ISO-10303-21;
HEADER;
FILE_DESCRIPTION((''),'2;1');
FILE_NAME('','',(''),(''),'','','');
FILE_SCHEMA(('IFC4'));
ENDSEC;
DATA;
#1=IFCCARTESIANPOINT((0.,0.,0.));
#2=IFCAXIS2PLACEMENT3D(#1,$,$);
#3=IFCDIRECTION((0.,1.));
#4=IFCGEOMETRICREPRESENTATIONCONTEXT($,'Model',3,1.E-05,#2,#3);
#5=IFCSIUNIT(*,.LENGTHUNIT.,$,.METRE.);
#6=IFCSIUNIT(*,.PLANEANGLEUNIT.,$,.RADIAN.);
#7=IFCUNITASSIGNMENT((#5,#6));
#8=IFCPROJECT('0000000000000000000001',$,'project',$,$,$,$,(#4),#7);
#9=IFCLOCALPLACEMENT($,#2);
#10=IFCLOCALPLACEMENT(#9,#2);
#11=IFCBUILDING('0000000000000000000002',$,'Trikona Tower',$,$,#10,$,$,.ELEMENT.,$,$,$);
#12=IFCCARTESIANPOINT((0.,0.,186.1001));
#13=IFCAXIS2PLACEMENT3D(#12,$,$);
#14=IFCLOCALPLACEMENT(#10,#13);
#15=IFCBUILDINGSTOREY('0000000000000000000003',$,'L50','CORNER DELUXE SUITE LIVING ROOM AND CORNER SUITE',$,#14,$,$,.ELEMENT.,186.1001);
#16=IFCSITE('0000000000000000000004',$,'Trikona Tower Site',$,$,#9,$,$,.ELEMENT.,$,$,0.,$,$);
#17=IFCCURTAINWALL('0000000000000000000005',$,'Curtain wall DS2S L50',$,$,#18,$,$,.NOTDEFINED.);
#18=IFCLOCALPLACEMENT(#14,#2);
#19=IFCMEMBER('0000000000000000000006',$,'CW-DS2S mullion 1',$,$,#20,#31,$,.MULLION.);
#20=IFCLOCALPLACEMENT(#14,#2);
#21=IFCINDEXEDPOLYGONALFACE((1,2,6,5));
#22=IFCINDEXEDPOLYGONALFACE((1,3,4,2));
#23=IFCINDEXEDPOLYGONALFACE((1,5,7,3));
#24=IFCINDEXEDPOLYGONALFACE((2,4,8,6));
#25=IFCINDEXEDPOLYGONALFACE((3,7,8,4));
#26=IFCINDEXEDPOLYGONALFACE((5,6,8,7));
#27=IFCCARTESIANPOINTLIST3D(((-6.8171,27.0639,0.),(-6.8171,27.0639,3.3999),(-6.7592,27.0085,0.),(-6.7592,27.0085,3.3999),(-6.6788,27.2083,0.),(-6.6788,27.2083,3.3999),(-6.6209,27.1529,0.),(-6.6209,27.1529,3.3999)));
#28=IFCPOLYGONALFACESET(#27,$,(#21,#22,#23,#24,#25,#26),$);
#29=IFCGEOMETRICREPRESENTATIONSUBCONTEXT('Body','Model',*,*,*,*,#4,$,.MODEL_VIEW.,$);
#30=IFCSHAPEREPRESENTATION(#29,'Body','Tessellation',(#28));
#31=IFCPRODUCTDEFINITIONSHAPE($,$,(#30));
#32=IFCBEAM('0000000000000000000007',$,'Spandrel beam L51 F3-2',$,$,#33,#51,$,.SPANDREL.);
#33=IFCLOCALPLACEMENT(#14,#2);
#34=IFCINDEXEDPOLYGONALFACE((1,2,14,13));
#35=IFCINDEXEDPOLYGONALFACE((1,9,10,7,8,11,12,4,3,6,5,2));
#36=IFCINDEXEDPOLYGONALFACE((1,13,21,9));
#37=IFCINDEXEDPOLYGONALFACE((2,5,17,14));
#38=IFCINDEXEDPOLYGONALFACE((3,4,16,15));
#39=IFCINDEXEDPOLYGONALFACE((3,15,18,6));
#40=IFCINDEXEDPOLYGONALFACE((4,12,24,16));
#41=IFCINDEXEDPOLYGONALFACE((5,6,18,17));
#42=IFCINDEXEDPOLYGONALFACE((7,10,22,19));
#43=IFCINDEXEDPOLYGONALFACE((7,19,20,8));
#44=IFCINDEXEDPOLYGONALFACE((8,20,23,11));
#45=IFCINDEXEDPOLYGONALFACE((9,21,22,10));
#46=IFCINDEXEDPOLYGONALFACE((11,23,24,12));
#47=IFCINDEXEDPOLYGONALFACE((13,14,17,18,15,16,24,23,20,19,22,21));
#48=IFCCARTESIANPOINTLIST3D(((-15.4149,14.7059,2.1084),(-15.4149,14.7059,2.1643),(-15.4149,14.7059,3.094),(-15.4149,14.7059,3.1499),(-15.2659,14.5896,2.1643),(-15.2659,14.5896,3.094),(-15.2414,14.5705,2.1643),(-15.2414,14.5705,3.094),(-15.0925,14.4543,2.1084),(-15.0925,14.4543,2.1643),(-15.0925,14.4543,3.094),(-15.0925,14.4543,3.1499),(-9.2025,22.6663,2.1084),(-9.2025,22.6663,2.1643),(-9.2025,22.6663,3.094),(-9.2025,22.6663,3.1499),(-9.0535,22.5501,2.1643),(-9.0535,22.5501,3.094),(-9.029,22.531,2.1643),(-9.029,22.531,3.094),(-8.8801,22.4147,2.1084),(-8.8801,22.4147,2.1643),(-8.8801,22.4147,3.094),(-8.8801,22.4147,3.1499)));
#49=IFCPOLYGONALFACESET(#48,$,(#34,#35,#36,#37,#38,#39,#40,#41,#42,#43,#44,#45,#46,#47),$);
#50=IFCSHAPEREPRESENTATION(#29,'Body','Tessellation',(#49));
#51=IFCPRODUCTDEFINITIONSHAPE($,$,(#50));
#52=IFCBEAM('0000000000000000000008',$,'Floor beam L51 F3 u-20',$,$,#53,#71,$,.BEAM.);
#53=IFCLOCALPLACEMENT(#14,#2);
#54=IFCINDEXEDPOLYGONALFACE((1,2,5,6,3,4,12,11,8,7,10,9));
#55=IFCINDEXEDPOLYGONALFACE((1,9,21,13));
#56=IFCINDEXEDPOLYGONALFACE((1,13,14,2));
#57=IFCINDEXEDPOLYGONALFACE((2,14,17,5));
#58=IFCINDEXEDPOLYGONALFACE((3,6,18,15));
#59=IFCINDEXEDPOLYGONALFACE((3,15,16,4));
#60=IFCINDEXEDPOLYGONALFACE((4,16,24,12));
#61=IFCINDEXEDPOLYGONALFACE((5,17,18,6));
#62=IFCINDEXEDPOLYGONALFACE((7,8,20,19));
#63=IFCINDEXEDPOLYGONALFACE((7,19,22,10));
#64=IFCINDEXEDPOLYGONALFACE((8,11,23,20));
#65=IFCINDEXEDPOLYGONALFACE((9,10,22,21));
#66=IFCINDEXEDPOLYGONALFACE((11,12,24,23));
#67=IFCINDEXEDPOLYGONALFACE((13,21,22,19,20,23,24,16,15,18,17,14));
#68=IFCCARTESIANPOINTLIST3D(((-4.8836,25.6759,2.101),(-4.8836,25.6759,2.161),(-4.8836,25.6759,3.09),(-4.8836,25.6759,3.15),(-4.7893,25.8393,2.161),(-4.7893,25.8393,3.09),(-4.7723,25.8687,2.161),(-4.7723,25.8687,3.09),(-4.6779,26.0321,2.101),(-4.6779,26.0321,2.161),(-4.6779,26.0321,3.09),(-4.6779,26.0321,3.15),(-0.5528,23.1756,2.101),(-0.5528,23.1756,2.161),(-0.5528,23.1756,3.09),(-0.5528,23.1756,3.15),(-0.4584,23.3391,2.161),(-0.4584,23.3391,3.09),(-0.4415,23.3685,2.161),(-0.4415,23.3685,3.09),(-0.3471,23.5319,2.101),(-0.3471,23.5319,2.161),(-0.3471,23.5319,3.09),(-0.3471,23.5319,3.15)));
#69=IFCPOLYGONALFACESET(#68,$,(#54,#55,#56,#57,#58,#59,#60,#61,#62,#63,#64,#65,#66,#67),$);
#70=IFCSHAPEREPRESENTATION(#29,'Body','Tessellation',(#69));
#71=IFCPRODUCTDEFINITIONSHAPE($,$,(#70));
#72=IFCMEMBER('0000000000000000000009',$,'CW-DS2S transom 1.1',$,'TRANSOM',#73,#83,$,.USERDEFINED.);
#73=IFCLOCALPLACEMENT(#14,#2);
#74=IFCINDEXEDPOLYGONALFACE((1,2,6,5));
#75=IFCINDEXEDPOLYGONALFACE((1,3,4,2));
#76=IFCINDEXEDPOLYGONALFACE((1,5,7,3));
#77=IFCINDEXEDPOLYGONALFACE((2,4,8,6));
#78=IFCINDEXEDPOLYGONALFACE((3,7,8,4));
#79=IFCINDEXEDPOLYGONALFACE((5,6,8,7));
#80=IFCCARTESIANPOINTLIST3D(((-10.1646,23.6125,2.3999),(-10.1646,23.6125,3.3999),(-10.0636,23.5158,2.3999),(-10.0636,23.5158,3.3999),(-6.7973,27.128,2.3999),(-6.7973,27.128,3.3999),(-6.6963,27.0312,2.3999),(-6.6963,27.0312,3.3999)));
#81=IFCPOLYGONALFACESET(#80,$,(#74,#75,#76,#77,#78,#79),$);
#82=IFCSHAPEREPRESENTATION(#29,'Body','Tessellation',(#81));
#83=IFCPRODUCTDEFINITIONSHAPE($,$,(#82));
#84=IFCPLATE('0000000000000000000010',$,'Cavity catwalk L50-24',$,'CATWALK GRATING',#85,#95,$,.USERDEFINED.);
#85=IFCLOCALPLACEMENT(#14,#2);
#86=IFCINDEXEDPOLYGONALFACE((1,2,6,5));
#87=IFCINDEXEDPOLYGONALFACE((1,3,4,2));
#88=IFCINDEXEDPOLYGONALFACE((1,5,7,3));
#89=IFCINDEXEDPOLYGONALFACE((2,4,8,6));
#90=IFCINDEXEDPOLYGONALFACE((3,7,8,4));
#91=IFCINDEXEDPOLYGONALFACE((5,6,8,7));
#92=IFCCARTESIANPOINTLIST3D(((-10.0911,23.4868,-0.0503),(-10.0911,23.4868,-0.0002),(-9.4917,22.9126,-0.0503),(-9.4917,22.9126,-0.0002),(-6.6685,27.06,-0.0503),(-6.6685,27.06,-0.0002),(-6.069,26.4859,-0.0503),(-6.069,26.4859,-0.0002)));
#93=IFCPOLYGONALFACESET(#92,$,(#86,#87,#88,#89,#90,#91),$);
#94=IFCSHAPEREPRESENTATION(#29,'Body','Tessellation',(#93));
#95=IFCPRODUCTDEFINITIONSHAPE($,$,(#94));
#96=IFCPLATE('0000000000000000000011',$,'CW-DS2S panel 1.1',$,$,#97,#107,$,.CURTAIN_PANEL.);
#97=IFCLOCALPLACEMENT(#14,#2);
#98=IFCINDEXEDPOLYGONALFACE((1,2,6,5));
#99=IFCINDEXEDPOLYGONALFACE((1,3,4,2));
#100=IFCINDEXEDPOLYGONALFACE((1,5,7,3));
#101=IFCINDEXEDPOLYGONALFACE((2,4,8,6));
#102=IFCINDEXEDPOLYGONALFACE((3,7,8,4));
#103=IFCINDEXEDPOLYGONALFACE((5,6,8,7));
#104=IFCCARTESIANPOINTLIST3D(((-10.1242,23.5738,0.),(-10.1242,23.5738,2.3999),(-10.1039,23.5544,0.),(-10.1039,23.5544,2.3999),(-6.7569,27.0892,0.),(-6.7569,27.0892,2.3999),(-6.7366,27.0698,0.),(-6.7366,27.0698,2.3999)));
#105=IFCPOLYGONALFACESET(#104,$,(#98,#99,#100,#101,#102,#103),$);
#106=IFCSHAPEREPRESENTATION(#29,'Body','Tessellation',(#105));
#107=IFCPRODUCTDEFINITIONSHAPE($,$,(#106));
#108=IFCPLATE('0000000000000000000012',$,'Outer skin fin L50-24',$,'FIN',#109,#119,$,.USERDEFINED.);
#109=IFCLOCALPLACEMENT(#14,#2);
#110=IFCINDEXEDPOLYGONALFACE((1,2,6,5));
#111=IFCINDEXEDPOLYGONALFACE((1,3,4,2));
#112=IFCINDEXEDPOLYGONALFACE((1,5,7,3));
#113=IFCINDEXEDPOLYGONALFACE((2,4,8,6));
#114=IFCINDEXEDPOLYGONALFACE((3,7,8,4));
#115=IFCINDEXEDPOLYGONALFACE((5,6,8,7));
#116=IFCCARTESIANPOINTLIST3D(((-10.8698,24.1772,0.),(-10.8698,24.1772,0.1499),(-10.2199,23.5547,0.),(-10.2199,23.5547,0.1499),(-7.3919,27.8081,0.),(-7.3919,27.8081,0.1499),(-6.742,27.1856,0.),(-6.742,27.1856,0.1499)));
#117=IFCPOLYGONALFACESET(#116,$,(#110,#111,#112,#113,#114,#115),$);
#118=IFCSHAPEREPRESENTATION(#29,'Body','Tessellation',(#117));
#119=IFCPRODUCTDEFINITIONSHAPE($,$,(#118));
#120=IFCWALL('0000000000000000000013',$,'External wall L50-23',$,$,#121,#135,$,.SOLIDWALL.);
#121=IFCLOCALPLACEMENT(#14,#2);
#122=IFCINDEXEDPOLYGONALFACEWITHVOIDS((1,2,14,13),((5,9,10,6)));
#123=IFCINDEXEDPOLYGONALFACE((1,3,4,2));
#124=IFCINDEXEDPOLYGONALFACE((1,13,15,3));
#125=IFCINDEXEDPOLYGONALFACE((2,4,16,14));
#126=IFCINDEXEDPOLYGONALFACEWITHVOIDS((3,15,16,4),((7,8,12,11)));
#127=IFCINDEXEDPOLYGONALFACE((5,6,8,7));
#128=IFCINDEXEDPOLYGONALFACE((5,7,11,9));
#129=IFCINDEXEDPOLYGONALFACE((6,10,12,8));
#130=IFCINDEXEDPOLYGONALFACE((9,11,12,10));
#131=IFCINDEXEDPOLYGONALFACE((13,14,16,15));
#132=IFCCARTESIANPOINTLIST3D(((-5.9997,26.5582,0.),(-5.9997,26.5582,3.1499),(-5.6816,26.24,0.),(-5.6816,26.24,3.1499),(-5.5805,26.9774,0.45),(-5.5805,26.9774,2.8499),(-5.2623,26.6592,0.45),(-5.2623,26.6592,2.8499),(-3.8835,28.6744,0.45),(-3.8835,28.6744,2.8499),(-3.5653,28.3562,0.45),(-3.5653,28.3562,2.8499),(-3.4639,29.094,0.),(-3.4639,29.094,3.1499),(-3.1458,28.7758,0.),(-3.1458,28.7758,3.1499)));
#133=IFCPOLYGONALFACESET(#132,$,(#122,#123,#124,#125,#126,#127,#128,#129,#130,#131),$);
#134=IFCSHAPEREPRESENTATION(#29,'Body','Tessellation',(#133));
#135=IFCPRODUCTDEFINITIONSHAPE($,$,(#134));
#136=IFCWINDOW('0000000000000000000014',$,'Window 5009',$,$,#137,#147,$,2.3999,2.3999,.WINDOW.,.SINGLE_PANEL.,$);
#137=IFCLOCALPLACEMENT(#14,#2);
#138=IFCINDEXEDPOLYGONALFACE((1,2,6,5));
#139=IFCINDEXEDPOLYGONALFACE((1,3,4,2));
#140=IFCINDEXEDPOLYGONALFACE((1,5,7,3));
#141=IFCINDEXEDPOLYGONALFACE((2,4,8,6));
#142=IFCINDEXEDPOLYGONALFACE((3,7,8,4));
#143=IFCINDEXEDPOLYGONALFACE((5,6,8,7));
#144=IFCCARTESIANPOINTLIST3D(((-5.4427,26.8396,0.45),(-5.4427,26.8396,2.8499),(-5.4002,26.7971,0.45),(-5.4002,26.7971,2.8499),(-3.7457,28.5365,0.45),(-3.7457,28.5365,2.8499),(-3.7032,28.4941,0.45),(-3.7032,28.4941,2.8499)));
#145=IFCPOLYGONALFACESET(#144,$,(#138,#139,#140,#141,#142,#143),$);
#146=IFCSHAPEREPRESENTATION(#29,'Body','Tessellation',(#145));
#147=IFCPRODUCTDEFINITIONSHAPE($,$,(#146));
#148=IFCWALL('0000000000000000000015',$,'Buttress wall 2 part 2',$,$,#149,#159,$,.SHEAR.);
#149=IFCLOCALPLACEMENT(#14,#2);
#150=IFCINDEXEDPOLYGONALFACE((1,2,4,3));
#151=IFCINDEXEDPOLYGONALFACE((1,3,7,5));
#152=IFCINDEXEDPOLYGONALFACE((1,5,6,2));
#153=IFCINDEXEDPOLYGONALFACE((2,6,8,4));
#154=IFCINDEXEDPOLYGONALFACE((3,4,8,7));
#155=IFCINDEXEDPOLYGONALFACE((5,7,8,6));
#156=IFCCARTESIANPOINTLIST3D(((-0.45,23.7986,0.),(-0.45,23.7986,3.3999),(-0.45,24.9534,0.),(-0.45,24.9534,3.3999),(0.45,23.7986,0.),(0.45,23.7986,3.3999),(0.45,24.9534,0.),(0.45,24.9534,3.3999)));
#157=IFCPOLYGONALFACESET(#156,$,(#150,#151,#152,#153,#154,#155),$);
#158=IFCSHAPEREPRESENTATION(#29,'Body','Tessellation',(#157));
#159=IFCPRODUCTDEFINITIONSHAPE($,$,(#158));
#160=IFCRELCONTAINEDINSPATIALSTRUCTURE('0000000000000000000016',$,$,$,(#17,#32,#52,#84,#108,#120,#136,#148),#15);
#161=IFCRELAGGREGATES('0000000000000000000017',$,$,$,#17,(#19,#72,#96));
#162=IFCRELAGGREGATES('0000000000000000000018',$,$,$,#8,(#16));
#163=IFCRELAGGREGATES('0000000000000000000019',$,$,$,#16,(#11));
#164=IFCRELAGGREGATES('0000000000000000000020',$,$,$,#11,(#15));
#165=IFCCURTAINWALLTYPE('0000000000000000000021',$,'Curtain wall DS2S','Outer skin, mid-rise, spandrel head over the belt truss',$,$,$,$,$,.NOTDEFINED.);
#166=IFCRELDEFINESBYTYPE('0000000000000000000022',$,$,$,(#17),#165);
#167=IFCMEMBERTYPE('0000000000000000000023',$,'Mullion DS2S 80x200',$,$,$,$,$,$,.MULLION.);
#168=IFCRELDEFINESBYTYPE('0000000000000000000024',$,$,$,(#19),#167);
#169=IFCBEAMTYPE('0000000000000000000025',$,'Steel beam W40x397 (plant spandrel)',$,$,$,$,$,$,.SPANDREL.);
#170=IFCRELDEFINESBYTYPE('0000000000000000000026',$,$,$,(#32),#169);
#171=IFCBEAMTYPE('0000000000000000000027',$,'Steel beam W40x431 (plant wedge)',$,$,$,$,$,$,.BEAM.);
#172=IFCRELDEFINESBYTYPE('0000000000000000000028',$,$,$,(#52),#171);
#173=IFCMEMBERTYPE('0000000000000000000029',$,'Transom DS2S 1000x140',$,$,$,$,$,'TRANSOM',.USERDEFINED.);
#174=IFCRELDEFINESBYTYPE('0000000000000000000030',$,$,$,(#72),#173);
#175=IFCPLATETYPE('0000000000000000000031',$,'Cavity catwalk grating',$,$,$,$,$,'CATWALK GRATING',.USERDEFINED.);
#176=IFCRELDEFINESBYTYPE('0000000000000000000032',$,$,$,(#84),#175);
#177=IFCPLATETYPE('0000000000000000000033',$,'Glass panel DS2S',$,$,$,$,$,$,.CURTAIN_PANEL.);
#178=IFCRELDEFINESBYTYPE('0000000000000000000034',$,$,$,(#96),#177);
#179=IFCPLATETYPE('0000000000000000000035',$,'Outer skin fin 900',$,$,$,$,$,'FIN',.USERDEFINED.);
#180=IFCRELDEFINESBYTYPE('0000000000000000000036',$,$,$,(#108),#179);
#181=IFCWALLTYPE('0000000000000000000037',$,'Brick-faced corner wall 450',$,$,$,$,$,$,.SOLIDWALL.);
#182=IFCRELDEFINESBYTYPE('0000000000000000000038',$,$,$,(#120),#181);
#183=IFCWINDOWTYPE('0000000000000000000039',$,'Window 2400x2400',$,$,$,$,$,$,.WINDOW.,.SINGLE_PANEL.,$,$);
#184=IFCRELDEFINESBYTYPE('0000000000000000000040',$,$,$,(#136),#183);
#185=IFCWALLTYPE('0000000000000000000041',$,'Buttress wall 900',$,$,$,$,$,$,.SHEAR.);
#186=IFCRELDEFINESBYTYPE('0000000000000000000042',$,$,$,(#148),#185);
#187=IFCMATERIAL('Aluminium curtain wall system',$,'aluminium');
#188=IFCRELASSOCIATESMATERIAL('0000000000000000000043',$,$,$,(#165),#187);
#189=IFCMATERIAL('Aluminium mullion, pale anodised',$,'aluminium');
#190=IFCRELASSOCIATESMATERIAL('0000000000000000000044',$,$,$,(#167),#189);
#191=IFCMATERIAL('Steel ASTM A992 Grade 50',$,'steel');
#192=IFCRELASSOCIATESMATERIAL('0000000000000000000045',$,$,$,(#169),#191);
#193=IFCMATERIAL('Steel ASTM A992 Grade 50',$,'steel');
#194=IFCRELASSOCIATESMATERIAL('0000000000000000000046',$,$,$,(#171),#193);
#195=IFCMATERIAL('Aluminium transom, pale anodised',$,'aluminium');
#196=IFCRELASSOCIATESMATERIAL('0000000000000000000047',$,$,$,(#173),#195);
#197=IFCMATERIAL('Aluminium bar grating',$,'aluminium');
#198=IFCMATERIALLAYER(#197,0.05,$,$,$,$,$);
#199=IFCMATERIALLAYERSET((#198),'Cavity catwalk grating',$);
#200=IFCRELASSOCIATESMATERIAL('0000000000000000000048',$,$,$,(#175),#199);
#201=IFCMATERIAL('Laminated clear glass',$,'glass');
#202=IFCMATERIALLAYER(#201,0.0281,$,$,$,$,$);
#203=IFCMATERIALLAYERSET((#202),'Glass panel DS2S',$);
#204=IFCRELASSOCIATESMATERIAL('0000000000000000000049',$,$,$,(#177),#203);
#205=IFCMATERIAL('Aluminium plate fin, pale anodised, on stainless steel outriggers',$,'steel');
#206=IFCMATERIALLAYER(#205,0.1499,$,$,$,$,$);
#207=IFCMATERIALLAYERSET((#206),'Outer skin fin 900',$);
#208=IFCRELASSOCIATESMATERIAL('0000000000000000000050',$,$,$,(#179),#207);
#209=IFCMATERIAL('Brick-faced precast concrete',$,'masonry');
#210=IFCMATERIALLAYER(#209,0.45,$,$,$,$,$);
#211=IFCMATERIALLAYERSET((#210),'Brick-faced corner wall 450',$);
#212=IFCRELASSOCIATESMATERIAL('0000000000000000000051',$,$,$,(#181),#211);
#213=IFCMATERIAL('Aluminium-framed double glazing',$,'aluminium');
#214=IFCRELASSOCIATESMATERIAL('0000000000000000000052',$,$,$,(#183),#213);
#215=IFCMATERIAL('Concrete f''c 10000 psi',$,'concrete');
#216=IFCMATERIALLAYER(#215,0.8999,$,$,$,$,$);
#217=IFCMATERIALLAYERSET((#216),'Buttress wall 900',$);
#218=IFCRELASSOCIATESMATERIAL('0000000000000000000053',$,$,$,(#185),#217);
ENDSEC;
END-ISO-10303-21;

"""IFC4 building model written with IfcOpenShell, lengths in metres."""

from ifc_helpers import new_model, si_unit, direction, frame, frame_2d, origin, origin_2d, place, context, subcontext, project, spatial, rectangle, i_section, extrude, material, layer, layer_set, material_profile, profile_set, type_object, element, fill, aggregate, save


model = new_model("IFC4")

# Units and contexts
model_context = context("Model", 3, precision=1e-05, world=origin(), true_north=direction((0.0, 1.0)))
body_context = subcontext(model_context, "Body", "Model", "MODEL_VIEW")
ifc_project = project(units=[si_unit("LENGTHUNIT", "METRE"), si_unit("PLANEANGLEUNIT", "RADIAN")], contexts=[model_context])

# Site, building, storey
site_placement = place(None, origin())
site = spatial("IfcSite", under=ifc_project, at=site_placement, Name="Trikona Tower Site", CompositionType="ELEMENT", RefElevation=0.0)
building_placement = place(site_placement, origin())
building = spatial("IfcBuilding", under=site, at=building_placement, Name="Trikona Tower", CompositionType="ELEMENT")
storey_placement = place(building_placement, frame((0.0, 0.0, 186.1001)))
storey = spatial("IfcBuildingStorey", under=building, at=storey_placement, Name="L50", Description="CORNER DELUXE SUITE LIVING ROOM AND CORNER SUITE", CompositionType="ELEMENT", Elevation=186.1001)

# Curtain wall, member
ifc_material_1 = material(Name="Aluminium curtain wall system", Category="aluminium")
curtain_wall_type = type_object("IfcCurtainWallType", Name="Curtain wall DS2S", Description="Outer skin, mid-rise, spandrel head over the belt truss", PredefinedType="NOTDEFINED", material=ifc_material_1)
curtain_wall_placement = place(storey_placement, origin())
curtain_wall = element("IfcCurtainWall", 1, at=curtain_wall_placement, inside=storey, type_object=curtain_wall_type, Name="Curtain wall DS2S L50", PredefinedType="NOTDEFINED")
ifc_material_2 = material(Name="Aluminium mullion, pale anodised", Category="aluminium")
ifc_material_profile_1 = material_profile(ifc_material_2, rectangle(XDim=0.0801, YDim=0.2, at=origin_2d()), Name="MUL-DS2S")
ifc_profile_set_1 = profile_set([ifc_material_profile_1], Name="Aluminium mullion, pale anodised")
member_type_1 = type_object("IfcMemberType", Name="Mullion DS2S 80x200", PredefinedType="MULLION", material=ifc_profile_set_1)
member_1_placement = place(storey_placement, frame((-6.719, 27.1084, 0.0), z_axis=(0.0, 0.0, 1.0), x_axis=(0.722158, -0.691728, 0.0)))
member_1 = element("IfcMember", 2, at=member_1_placement, type_object=member_type_1, Name="CW-DS2S mullion 1", PredefinedType="MULLION", context=body_context, shape_type="SweptSolid", body=[
    extrude(rectangle(XDim=0.0801, YDim=0.2, at=origin_2d()), origin(), (0.0, 0.0, 1.0), 3.3999),
])

# Beams
ifc_material_3 = material(Name="Steel ASTM A992 Grade 50", Category="steel")
ifc_material_profile_2 = material_profile(ifc_material_3, i_section(OverallWidth=0.4089, OverallDepth=1.0415, WebThickness=0.031, FlangeThickness=0.0559, at=origin_2d()), Name="W40X397")
ifc_profile_set_2 = profile_set([ifc_material_profile_2], Name="Steel ASTM A992 Grade 50")
beam_type_1 = type_object("IfcBeamType", Name="Steel beam W40x397 (plant spandrel)", PredefinedType="SPANDREL", material=ifc_profile_set_2)
beam_1_placement = place(storey_placement, frame((-9.0413, 22.5405, 2.6292), z_axis=(-0.615232, -0.788346, 0.0), x_axis=(0.788346, -0.615232, 0.0)))
element("IfcBeam", 3, at=beam_1_placement, inside=storey, type_object=beam_type_1, Name="Spandrel beam L51 F3-2", PredefinedType="SPANDREL", context=body_context, shape_type="SweptSolid", body=[
    extrude(i_section(OverallWidth=0.4089, OverallDepth=1.0415, WebThickness=0.031, FlangeThickness=0.0559, at=origin_2d()), origin(), (0.0, 0.0, 1.0), 10.0977),
])
ifc_material_4 = material(Name="Steel ASTM A992 Grade 50", Category="steel")
ifc_material_profile_3 = material_profile(ifc_material_4, i_section(OverallWidth=0.4114, OverallDepth=1.0491, WebThickness=0.0339, FlangeThickness=0.0601, at=origin_2d()), Name="W40X431")
ifc_profile_set_3 = profile_set([ifc_material_profile_3], Name="Steel ASTM A992 Grade 50")
beam_type_2 = type_object("IfcBeamType", Name="Steel beam W40x431 (plant wedge)", PredefinedType="BEAM", material=ifc_profile_set_3)
beam_2_placement = place(storey_placement, frame((-0.45, 23.3538, 2.6255), z_axis=(-0.866038, 0.499977, 0.0), x_axis=(-0.499977, -0.866038, 0.0)))
element("IfcBeam", 4, at=beam_2_placement, inside=storey, type_object=beam_type_2, Name="Floor beam L51 F3 u-20", PredefinedType="BEAM", context=body_context, shape_type="SweptSolid", body=[
    extrude(i_section(OverallWidth=0.4114, OverallDepth=1.0491, WebThickness=0.0339, FlangeThickness=0.0601, at=origin_2d()), origin(), (0.0, 0.0, 1.0), 5.0007),
])

# Member
ifc_material_5 = material(Name="Aluminium transom, pale anodised", Category="aluminium")
ifc_material_profile_4 = material_profile(ifc_material_5, rectangle(XDim=0.1399, YDim=1.0, at=origin_2d()), Name="TRN-DS2S")
ifc_profile_set_4 = profile_set([ifc_material_profile_4], Name="Aluminium transom, pale anodised")
member_type_2 = type_object("IfcMemberType", Name="Transom DS2S 1000x140", ElementType="TRANSOM", PredefinedType="USERDEFINED", material=ifc_profile_set_4)
member_2_placement = place(storey_placement, frame((-6.7468, 27.0796, 2.8999), z_axis=(-0.691721, -0.722165, 0.0), x_axis=(0.722165, -0.691721, 0.0)))
member_2 = element("IfcMember", 5, at=member_2_placement, type_object=member_type_2, Name="CW-DS2S transom 1.1", ObjectType="TRANSOM", PredefinedType="USERDEFINED", context=body_context, shape_type="SweptSolid", body=[
    extrude(rectangle(XDim=0.1399, YDim=1.0, at=origin_2d()), origin(), (0.0, 0.0, 1.0), 4.8679),
])

# Plates
ifc_material_6 = material(Name="Aluminium bar grating", Category="aluminium")
ifc_layer_1 = layer(ifc_material_6, 0.05)
ifc_layer_set_1 = layer_set([ifc_layer_1], Name="Cavity catwalk grating")
plate_type_1 = type_object("IfcPlateType", Name="Cavity catwalk grating", ElementType="CATWALK GRATING", PredefinedType="USERDEFINED", material=ifc_layer_set_1)
plate_1_placement = place(storey_placement, frame((-8.0801, 24.9863, -0.0503), z_axis=(0.0, 0.0, 1.0), x_axis=(-0.691724, -0.722162, 0.0)))
element("IfcPlate", 6, at=plate_1_placement, inside=storey, type_object=plate_type_1, Name="Cavity catwalk L50-24", ObjectType="CATWALK GRATING", PredefinedType="USERDEFINED", context=body_context, shape_type="SweptSolid", body=[
    extrude(rectangle(XDim=4.948, YDim=0.8301, at=origin_2d()), origin(), (0.0, 0.0, 1.0), 0.05),
])
ifc_material_7 = material(Name="Laminated clear glass", Category="glass")
ifc_layer_2 = layer(ifc_material_7, 0.0281)
ifc_layer_set_2 = layer_set([ifc_layer_2], Name="Glass panel DS2S")
plate_type_2 = type_object("IfcPlateType", Name="Glass panel DS2S", PredefinedType="CURTAIN_PANEL", material=ifc_layer_set_2)
plate_2_placement = place(storey_placement, frame((-8.4304, 25.3218, 0.0), z_axis=(0.0, 0.0, 1.0), x_axis=(-0.691728, -0.722158, 0.0)))
plate_2 = element("IfcPlate", 7, at=plate_2_placement, type_object=plate_type_2, Name="CW-DS2S panel 1.1", PredefinedType="CURTAIN_PANEL", context=body_context, shape_type="SweptSolid", body=[
    extrude(rectangle(XDim=4.8679, YDim=0.0281, at=origin_2d()), origin(), (0.0, 0.0, 1.0), 2.3999),
])
aggregate(curtain_wall, [member_1, member_2, plate_2])
ifc_material_8 = material(Name="Aluminium plate fin, pale anodised, on stainless steel outriggers", Category="steel")
ifc_layer_3 = layer(ifc_material_8, 0.1499)
ifc_layer_set_3 = layer_set([ifc_layer_3], Name="Outer skin fin 900")
plate_type_3 = type_object("IfcPlateType", Name="Outer skin fin 900", ElementType="FIN", PredefinedType="USERDEFINED", material=ifc_layer_set_3)
plate_3_placement = place(storey_placement, frame((-8.8059, 25.6814, 0.0), z_axis=(0.0, 0.0, 1.0), x_axis=(-0.691724, -0.722162, 0.0)))
element("IfcPlate", 8, at=plate_3_placement, inside=storey, type_object=plate_type_3, Name="Outer skin fin L50-24", ObjectType="FIN", PredefinedType="USERDEFINED", context=body_context, shape_type="SweptSolid", body=[
    extrude(rectangle(XDim=5.0278, YDim=0.8999, at=origin_2d()), origin(), (0.0, 0.0, 1.0), 0.1499),
])

# Wall, opening, window
ifc_material_9 = material(Name="Brick-faced precast concrete", Category="masonry")
ifc_layer_4 = layer(ifc_material_9, 0.45)
ifc_layer_set_4 = layer_set([ifc_layer_4], Name="Brick-faced corner wall 450")
wall_type_1 = type_object("IfcWallType", Name="Brick-faced corner wall 450", PredefinedType="SOLIDWALL", material=ifc_layer_set_4)
wall_1_placement = place(storey_placement, frame((-3.3049, 28.9348, 0.0), z_axis=(0.0, 0.0, 1.0), x_axis=(-0.707107, -0.707107, 0.0)))
wall_1 = element("IfcWall", 9, at=wall_1_placement, inside=storey, type_object=wall_type_1, Name="External wall L50-23", PredefinedType="SOLIDWALL", context=body_context, shape_type="SweptSolid", body=[
    extrude(rectangle(XDim=3.5862, YDim=0.45, at=frame_2d((1.793, 0.0))), origin(), (0.0, 0.0, 1.0), 3.1499),
])
opening_1_placement = place(wall_1_placement, frame((0.5933, 0.0, 0.45)))
opening_1 = element("IfcOpeningElement", 10, at=opening_1_placement, cuts=wall_1, PredefinedType="OPENING", context=body_context, shape_type="SweptSolid", body=[
    extrude(rectangle(XDim=2.3999, YDim=2.3999, at=frame_2d((1.2, 1.2))), frame((0.0, 0.2349, 0.0), z_axis=(0.0, -1.0, 0.0), x_axis=(1.0, 0.0, 0.0)), (0.0, 0.0, 1.0), 0.47),
])
ifc_material_10 = material(Name="Aluminium-framed double glazing", Category="aluminium")
window_type_1 = type_object("IfcWindowType", Name="Window 2400x2400", PartitioningType="SINGLE_PANEL", PredefinedType="WINDOW", material=ifc_material_10)
window_1_placement = place(opening_1_placement, origin())
window_1 = element("IfcWindow", 11, at=window_1_placement, inside=storey, type_object=window_type_1, Name="Window 5009", OverallHeight=2.3999, OverallWidth=2.3999, PartitioningType="SINGLE_PANEL", PredefinedType="WINDOW", context=body_context, shape_type="SweptSolid", body=[
    extrude(rectangle(XDim=2.3999, YDim=2.3999, at=frame_2d((1.2, 1.2))), frame((0.0, 0.03, 0.0), z_axis=(0.0, -1.0, 0.0), x_axis=(1.0, 0.0, 0.0)), (0.0, 0.0, 1.0), 0.0601),
])
fill(opening_1, window_1)

# Wall
ifc_material_11 = material(Name="Concrete f'c 10000 psi", Category="concrete")
ifc_layer_5 = layer(ifc_material_11, 0.8999)
ifc_layer_set_5 = layer_set([ifc_layer_5], Name="Buttress wall 900")
wall_type_2 = type_object("IfcWallType", Name="Buttress wall 900", PredefinedType="SHEAR", material=ifc_layer_set_5)
wall_2_placement = place(storey_placement, frame((0.0, 23.7986, 0.0), z_axis=(0.0, 0.0, 1.0), x_axis=(0.0, 1.0, 0.0)))
element("IfcWall", 12, at=wall_2_placement, inside=storey, type_object=wall_type_2, Name="Buttress wall 2 part 2", PredefinedType="SHEAR", context=body_context, shape_type="SweptSolid", body=[
    extrude(rectangle(XDim=1.1548, YDim=0.8999, at=frame_2d((0.5774, 0.0))), origin(), (0.0, 0.0, 1.0), 3.3999),
])

save(model, "model.ifc")
